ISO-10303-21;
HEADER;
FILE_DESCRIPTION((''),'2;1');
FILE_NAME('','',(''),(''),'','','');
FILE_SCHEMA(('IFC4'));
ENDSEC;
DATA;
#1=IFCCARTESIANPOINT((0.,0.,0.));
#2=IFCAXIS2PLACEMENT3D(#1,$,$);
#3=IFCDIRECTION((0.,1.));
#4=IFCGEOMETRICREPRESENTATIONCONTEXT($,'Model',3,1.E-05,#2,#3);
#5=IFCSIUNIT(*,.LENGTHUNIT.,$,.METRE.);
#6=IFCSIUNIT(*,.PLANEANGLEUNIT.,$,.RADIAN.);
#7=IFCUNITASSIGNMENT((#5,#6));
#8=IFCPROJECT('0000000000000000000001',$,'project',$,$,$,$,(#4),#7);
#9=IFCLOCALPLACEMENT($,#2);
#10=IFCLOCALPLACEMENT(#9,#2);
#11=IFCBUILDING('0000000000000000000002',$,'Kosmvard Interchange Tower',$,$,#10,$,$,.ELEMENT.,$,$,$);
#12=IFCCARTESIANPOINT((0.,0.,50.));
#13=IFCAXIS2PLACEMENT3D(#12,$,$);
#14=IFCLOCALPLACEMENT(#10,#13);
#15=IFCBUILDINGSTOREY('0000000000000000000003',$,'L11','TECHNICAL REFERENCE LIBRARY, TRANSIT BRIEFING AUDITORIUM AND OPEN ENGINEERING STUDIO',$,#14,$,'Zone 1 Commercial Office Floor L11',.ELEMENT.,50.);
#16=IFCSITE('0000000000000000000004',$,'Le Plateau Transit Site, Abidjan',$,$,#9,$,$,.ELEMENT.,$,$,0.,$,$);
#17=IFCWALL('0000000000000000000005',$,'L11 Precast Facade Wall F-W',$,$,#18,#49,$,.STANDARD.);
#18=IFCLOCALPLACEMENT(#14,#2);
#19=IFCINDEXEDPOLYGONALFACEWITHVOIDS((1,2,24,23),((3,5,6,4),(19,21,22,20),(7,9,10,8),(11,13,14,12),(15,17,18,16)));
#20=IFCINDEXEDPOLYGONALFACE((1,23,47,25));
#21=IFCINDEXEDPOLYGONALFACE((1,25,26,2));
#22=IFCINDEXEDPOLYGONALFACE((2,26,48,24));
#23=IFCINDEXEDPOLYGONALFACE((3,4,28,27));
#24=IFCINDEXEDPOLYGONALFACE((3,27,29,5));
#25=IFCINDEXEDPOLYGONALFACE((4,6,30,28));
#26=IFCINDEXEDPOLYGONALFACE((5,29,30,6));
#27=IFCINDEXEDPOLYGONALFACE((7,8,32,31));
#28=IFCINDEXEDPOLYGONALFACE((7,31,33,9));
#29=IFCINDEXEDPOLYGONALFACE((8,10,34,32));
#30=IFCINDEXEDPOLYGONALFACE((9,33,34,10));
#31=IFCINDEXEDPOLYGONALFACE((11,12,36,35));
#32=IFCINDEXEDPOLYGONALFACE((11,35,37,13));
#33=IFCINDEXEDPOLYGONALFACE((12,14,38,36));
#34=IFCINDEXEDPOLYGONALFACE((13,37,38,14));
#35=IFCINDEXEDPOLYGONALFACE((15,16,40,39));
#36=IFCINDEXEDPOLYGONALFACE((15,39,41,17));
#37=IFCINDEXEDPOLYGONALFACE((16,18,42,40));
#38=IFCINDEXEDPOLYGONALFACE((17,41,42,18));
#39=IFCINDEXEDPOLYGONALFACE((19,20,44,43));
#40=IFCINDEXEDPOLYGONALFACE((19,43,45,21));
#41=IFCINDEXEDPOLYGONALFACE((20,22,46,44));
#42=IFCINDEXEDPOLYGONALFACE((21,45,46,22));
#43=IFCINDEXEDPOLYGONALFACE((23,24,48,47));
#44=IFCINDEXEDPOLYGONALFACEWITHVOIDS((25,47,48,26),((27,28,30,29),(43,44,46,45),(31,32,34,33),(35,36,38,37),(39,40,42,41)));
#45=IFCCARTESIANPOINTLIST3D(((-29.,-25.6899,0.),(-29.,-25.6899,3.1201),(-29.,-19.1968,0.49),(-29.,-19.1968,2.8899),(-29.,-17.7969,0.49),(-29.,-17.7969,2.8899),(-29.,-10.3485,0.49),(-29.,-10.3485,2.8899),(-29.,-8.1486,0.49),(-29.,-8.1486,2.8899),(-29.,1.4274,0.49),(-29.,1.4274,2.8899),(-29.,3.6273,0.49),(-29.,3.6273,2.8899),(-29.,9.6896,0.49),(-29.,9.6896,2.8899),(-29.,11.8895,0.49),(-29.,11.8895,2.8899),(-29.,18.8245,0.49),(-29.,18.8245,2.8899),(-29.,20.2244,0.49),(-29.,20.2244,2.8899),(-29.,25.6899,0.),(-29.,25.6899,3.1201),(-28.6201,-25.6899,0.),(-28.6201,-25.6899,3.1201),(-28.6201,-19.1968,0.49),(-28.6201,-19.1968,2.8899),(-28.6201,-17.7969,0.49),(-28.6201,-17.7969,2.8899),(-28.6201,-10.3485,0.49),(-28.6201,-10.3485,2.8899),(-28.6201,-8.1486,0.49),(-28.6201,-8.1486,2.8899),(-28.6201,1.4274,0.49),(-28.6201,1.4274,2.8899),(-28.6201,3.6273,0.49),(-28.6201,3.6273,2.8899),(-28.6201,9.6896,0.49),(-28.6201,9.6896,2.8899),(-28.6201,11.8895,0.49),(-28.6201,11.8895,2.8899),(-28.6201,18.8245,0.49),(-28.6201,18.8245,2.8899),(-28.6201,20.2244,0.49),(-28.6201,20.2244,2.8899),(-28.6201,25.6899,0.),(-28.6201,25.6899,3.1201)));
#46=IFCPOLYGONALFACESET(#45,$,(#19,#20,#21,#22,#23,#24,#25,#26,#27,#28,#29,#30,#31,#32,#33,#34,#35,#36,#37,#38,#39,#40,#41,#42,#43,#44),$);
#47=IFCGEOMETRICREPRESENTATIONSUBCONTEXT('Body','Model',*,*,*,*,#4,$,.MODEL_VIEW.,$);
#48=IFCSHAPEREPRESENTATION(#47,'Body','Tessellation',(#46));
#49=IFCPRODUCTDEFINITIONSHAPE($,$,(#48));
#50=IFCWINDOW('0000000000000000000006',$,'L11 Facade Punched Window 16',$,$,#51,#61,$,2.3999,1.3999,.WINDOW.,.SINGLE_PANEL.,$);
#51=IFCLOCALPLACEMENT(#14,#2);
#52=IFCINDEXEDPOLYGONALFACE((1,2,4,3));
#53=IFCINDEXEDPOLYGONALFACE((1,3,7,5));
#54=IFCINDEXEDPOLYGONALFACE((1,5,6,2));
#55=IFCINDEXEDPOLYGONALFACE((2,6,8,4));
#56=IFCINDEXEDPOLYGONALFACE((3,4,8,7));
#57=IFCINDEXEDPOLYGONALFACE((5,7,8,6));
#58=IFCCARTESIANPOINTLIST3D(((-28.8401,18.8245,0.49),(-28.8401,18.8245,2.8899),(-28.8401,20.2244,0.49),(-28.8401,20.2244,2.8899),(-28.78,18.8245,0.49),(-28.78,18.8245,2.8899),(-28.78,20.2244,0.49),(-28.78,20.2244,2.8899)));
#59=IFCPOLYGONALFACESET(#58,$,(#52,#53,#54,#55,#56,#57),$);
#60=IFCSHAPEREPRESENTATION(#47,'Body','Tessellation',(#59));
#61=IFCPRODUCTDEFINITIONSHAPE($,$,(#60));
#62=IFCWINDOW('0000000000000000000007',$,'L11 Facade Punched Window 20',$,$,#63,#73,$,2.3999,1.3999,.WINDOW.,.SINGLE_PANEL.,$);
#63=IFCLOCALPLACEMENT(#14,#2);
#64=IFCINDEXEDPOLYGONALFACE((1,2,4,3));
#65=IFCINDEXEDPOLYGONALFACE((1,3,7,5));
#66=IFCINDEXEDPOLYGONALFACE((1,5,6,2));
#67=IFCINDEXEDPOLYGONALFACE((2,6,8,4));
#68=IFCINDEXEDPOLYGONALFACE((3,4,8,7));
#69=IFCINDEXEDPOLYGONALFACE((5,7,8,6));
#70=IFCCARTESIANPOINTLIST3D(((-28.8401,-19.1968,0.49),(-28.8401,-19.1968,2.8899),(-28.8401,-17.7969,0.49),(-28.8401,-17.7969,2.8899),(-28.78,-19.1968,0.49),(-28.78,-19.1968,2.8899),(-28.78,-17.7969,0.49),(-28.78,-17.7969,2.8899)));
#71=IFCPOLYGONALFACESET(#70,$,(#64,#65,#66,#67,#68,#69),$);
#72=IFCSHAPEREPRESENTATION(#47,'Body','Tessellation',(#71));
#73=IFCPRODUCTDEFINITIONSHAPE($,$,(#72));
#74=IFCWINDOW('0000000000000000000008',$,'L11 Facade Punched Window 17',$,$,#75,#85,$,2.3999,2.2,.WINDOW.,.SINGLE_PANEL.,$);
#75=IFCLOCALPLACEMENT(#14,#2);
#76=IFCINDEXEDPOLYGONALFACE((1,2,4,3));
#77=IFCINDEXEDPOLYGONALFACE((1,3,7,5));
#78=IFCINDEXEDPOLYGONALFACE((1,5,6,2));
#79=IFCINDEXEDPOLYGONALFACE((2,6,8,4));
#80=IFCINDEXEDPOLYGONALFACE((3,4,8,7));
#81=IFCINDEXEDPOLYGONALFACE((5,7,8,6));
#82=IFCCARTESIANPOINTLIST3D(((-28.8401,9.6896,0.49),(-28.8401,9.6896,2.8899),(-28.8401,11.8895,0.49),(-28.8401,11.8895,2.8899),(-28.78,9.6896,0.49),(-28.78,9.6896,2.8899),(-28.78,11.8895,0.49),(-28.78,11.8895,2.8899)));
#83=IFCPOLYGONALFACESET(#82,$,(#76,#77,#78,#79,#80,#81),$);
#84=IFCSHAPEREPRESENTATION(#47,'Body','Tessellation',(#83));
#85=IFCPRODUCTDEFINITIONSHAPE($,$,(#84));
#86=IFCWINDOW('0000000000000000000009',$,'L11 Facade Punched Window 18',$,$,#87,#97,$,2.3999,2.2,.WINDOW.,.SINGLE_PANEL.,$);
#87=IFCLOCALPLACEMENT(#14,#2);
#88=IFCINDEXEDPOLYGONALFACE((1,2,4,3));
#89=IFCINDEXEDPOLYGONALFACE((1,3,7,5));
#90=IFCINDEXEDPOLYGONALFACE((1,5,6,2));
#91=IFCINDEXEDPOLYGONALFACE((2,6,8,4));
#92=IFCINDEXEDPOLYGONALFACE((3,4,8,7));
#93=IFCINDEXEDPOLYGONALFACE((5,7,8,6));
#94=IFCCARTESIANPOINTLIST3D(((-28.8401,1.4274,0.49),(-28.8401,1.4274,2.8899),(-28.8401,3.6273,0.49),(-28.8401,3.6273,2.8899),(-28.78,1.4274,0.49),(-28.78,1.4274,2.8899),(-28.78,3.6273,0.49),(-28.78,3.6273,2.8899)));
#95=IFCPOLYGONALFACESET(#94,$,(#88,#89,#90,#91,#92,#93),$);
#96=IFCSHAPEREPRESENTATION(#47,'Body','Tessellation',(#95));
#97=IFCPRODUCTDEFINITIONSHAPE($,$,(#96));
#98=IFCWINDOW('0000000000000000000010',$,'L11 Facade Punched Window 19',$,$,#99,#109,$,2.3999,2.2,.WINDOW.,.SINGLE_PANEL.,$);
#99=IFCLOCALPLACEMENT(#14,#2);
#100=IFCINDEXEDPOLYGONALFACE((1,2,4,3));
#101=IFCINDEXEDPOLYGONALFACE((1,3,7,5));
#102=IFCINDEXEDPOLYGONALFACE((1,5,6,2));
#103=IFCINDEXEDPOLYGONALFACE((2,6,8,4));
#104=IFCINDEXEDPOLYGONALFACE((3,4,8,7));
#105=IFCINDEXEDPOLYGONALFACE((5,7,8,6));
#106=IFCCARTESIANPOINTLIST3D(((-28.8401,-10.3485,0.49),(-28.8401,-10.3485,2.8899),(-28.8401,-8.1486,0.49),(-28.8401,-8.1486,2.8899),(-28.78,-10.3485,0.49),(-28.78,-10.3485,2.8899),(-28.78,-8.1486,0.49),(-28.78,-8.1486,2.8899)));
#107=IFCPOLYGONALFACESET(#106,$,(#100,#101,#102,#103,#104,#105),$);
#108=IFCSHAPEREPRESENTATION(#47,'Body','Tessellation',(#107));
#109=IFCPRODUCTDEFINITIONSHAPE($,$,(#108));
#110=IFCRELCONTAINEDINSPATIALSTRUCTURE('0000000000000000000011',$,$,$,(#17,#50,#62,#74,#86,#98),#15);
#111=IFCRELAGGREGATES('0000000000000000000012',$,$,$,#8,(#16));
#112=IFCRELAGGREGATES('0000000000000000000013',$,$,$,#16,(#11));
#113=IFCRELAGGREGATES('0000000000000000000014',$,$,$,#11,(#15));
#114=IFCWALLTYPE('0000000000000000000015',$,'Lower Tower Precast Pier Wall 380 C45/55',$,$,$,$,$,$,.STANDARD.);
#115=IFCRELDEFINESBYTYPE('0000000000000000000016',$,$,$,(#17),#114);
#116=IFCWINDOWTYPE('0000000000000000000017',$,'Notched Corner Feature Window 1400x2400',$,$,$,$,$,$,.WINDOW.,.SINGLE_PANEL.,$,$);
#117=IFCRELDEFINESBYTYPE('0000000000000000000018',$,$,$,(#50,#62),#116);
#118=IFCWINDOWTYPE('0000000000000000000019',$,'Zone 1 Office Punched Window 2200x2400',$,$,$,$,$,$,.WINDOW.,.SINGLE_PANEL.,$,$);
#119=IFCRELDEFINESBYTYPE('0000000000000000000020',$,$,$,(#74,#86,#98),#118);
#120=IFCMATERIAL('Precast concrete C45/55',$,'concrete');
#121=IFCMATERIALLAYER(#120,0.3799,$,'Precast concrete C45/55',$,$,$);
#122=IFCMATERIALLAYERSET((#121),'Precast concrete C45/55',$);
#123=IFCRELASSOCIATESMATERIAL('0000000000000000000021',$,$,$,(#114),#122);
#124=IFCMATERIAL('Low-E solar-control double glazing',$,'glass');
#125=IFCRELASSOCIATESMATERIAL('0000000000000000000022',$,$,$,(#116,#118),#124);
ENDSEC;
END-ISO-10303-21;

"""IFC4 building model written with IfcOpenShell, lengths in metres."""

from ifc_helpers import new_model, si_unit, direction, frame, frame_2d, origin, place, context, subcontext, project, spatial, rectangle, extrude, source, transform, mapped, material, layer, layer_set, type_object, element, fill, save


model = new_model("IFC4")

# Units and contexts
model_context = context("Model", 3, precision=1e-05, world=origin(), true_north=direction((0.0, 1.0)))
body_context = subcontext(model_context, "Body", "Model", "MODEL_VIEW")
ifc_project = project(units=[si_unit("LENGTHUNIT", "METRE"), si_unit("PLANEANGLEUNIT", "RADIAN")], contexts=[model_context])

# Site, building, storey
site_placement = place(None, origin())
site = spatial("IfcSite", under=ifc_project, at=site_placement, Name="Le Plateau Transit Site, Abidjan", CompositionType="ELEMENT", RefElevation=0.0)
building_placement = place(site_placement, origin())
building = spatial("IfcBuilding", under=site, at=building_placement, Name="Kosmvard Interchange Tower", CompositionType="ELEMENT")
storey_placement = place(building_placement, frame((0.0, 0.0, 50.0)))
storey = spatial("IfcBuildingStorey", under=building, at=storey_placement, Name="L11", Description="TECHNICAL REFERENCE LIBRARY, TRANSIT BRIEFING AUDITORIUM AND OPEN ENGINEERING STUDIO", LongName="Zone 1 Commercial Office Floor L11", CompositionType="ELEMENT", Elevation=50.0)

# Shared definitions
ifc_material_1 = material(Name="Precast concrete C45/55", Category="concrete")

# Shared definitions
ifc_layer_1 = layer(ifc_material_1, 0.3799, Name="Precast concrete C45/55")
ifc_layer_set_1 = layer_set([ifc_layer_1], Name="Precast concrete C45/55")
wall_type = type_object("IfcWallType", Name="Lower Tower Precast Pier Wall 380 C45/55", PredefinedType="STANDARD", material=ifc_layer_set_1)

# Wall, openings, windows
wall_1_placement = place(storey_placement, frame((-28.8101, 25.6899, 0.0), z_axis=(0.0, 0.0, 1.0), x_axis=(0.0, -1.0, 0.0)))
wall_1 = element("IfcWall", 1, at=wall_1_placement, inside=storey, type_object=wall_type, Name="L11 Precast Facade Wall F-W", PredefinedType="STANDARD", context=body_context, shape_type="SweptSolid", body=[
    extrude(rectangle(XDim=51.3799, YDim=0.3799, at=frame_2d((25.6899, 0.0))), origin(), (0.0, 0.0, 1.0), 3.1201),
])
opening_1_placement = place(wall_1_placement, frame((5.4656, 0.0, 0.49)))
opening_1 = element("IfcOpeningElement", 2, at=opening_1_placement, cuts=wall_1, PredefinedType="OPENING", context=body_context, shape_type="SweptSolid", body=[
    extrude(rectangle(XDim=1.3999, YDim=2.3999, at=frame_2d((0.7, 1.2))), frame((0.0, 0.2, 0.0), z_axis=(0.0, -1.0, 0.0), x_axis=(1.0, 0.0, 0.0)), (0.0, 0.0, 1.0), 0.3999),
])
opening_2_placement = place(wall_1_placement, frame((13.8003, 0.0, 0.49)))
opening_2 = element("IfcOpeningElement", 3, at=opening_2_placement, cuts=wall_1, PredefinedType="OPENING", context=body_context, shape_type="SweptSolid", body=[
    extrude(rectangle(XDim=2.2, YDim=2.3999, at=frame_2d((1.1001, 1.2))), frame((0.0, 0.2, 0.0), z_axis=(0.0, -1.0, 0.0), x_axis=(1.0, 0.0, 0.0)), (0.0, 0.0, 1.0), 0.3999),
])
opening_3_placement = place(wall_1_placement, frame((22.0625, 0.0, 0.49)))
opening_3 = element("IfcOpeningElement", 4, at=opening_3_placement, cuts=wall_1, PredefinedType="OPENING", context=body_context, shape_type="SweptSolid", body=[
    extrude(rectangle(XDim=2.2, YDim=2.3999, at=frame_2d((1.1001, 1.2))), frame((0.0, 0.2, 0.0), z_axis=(0.0, -1.0, 0.0), x_axis=(1.0, 0.0, 0.0)), (0.0, 0.0, 1.0), 0.3999),
])
opening_4_placement = place(wall_1_placement, frame((33.8384, 0.0, 0.49)))
opening_4 = element("IfcOpeningElement", 5, at=opening_4_placement, cuts=wall_1, PredefinedType="OPENING", context=body_context, shape_type="SweptSolid", body=[
    extrude(rectangle(XDim=2.2, YDim=2.3999, at=frame_2d((1.1001, 1.2))), frame((0.0, 0.2, 0.0), z_axis=(0.0, -1.0, 0.0), x_axis=(1.0, 0.0, 0.0)), (0.0, 0.0, 1.0), 0.3999),
])
opening_5_placement = place(wall_1_placement, frame((43.4868, 0.0, 0.49)))
opening_5 = element("IfcOpeningElement", 6, at=opening_5_placement, cuts=wall_1, PredefinedType="OPENING", context=body_context, shape_type="SweptSolid", body=[
    extrude(rectangle(XDim=1.3999, YDim=2.3999, at=frame_2d((0.7, 1.2))), frame((0.0, 0.2, 0.0), z_axis=(0.0, -1.0, 0.0), x_axis=(1.0, 0.0, 0.0)), (0.0, 0.0, 1.0), 0.3999),
])
ifc_material_2 = material(Name="Low-E solar-control double glazing", Category="glass")
window_type_1 = type_object("IfcWindowType", Name="Notched Corner Feature Window 1400x2400", PartitioningType="SINGLE_PANEL", PredefinedType="WINDOW", material=ifc_material_2)
shared_shape_1 = source(origin(), body_context, "Body", "SweptSolid", [
    extrude(rectangle(XDim=1.3999, YDim=2.3999, at=frame_2d((0.7, 1.2))), frame((0.0, 0.03, 0.0), z_axis=(0.0, -1.0, 0.0), x_axis=(1.0, 0.0, 0.0)), (0.0, 0.0, 1.0), 0.0601),
])
window_1_placement = place(opening_1_placement, origin())
window_1 = element("IfcWindow", 7, at=window_1_placement, inside=storey, type_object=window_type_1, Name="L11 Facade Punched Window 16", OverallHeight=2.3999, OverallWidth=1.3999, PartitioningType="SINGLE_PANEL", PredefinedType="WINDOW", context=body_context, shape_type="MappedRepresentation", body=[
    mapped(shared_shape_1, transform((0.0, 0.0, 0.0), scale=1.0)),
])
fill(opening_1, window_1)
window_2_placement = place(opening_5_placement, origin())
window_2 = element("IfcWindow", 8, at=window_2_placement, inside=storey, type_object=window_type_1, Name="L11 Facade Punched Window 20", OverallHeight=2.3999, OverallWidth=1.3999, PartitioningType="SINGLE_PANEL", PredefinedType="WINDOW", context=body_context, shape_type="MappedRepresentation", body=[
    mapped(shared_shape_1, transform((0.0, 0.0, 0.0), scale=1.0)),
])
fill(opening_5, window_2)
window_type_2 = type_object("IfcWindowType", Name="Zone 1 Office Punched Window 2200x2400", PartitioningType="SINGLE_PANEL", PredefinedType="WINDOW", material=ifc_material_2)
shared_shape_2 = source(origin(), body_context, "Body", "SweptSolid", [
    extrude(rectangle(XDim=2.2, YDim=2.3999, at=frame_2d((1.1001, 1.2))), frame((0.0, 0.03, 0.0), z_axis=(0.0, -1.0, 0.0), x_axis=(1.0, 0.0, 0.0)), (0.0, 0.0, 1.0), 0.0601),
])
window_3_placement = place(opening_2_placement, origin())
window_3 = element("IfcWindow", 9, at=window_3_placement, inside=storey, type_object=window_type_2, Name="L11 Facade Punched Window 17", OverallHeight=2.3999, OverallWidth=2.2, PartitioningType="SINGLE_PANEL", PredefinedType="WINDOW", context=body_context, shape_type="MappedRepresentation", body=[
    mapped(shared_shape_2, transform((0.0, 0.0, 0.0), scale=1.0)),
])
fill(opening_2, window_3)
window_4_placement = place(opening_3_placement, origin())
window_4 = element("IfcWindow", 10, at=window_4_placement, inside=storey, type_object=window_type_2, Name="L11 Facade Punched Window 18", OverallHeight=2.3999, OverallWidth=2.2, PartitioningType="SINGLE_PANEL", PredefinedType="WINDOW", context=body_context, shape_type="MappedRepresentation", body=[
    mapped(shared_shape_2, transform((0.0, 0.0, 0.0), scale=1.0)),
])
fill(opening_3, window_4)
window_5_placement = place(opening_4_placement, origin())
window_5 = element("IfcWindow", 11, at=window_5_placement, inside=storey, type_object=window_type_2, Name="L11 Facade Punched Window 19", OverallHeight=2.3999, OverallWidth=2.2, PartitioningType="SINGLE_PANEL", PredefinedType="WINDOW", context=body_context, shape_type="MappedRepresentation", body=[
    mapped(shared_shape_2, transform((0.0, 0.0, 0.0), scale=1.0)),
])
fill(opening_4, window_5)

save(model, "model.ifc")
